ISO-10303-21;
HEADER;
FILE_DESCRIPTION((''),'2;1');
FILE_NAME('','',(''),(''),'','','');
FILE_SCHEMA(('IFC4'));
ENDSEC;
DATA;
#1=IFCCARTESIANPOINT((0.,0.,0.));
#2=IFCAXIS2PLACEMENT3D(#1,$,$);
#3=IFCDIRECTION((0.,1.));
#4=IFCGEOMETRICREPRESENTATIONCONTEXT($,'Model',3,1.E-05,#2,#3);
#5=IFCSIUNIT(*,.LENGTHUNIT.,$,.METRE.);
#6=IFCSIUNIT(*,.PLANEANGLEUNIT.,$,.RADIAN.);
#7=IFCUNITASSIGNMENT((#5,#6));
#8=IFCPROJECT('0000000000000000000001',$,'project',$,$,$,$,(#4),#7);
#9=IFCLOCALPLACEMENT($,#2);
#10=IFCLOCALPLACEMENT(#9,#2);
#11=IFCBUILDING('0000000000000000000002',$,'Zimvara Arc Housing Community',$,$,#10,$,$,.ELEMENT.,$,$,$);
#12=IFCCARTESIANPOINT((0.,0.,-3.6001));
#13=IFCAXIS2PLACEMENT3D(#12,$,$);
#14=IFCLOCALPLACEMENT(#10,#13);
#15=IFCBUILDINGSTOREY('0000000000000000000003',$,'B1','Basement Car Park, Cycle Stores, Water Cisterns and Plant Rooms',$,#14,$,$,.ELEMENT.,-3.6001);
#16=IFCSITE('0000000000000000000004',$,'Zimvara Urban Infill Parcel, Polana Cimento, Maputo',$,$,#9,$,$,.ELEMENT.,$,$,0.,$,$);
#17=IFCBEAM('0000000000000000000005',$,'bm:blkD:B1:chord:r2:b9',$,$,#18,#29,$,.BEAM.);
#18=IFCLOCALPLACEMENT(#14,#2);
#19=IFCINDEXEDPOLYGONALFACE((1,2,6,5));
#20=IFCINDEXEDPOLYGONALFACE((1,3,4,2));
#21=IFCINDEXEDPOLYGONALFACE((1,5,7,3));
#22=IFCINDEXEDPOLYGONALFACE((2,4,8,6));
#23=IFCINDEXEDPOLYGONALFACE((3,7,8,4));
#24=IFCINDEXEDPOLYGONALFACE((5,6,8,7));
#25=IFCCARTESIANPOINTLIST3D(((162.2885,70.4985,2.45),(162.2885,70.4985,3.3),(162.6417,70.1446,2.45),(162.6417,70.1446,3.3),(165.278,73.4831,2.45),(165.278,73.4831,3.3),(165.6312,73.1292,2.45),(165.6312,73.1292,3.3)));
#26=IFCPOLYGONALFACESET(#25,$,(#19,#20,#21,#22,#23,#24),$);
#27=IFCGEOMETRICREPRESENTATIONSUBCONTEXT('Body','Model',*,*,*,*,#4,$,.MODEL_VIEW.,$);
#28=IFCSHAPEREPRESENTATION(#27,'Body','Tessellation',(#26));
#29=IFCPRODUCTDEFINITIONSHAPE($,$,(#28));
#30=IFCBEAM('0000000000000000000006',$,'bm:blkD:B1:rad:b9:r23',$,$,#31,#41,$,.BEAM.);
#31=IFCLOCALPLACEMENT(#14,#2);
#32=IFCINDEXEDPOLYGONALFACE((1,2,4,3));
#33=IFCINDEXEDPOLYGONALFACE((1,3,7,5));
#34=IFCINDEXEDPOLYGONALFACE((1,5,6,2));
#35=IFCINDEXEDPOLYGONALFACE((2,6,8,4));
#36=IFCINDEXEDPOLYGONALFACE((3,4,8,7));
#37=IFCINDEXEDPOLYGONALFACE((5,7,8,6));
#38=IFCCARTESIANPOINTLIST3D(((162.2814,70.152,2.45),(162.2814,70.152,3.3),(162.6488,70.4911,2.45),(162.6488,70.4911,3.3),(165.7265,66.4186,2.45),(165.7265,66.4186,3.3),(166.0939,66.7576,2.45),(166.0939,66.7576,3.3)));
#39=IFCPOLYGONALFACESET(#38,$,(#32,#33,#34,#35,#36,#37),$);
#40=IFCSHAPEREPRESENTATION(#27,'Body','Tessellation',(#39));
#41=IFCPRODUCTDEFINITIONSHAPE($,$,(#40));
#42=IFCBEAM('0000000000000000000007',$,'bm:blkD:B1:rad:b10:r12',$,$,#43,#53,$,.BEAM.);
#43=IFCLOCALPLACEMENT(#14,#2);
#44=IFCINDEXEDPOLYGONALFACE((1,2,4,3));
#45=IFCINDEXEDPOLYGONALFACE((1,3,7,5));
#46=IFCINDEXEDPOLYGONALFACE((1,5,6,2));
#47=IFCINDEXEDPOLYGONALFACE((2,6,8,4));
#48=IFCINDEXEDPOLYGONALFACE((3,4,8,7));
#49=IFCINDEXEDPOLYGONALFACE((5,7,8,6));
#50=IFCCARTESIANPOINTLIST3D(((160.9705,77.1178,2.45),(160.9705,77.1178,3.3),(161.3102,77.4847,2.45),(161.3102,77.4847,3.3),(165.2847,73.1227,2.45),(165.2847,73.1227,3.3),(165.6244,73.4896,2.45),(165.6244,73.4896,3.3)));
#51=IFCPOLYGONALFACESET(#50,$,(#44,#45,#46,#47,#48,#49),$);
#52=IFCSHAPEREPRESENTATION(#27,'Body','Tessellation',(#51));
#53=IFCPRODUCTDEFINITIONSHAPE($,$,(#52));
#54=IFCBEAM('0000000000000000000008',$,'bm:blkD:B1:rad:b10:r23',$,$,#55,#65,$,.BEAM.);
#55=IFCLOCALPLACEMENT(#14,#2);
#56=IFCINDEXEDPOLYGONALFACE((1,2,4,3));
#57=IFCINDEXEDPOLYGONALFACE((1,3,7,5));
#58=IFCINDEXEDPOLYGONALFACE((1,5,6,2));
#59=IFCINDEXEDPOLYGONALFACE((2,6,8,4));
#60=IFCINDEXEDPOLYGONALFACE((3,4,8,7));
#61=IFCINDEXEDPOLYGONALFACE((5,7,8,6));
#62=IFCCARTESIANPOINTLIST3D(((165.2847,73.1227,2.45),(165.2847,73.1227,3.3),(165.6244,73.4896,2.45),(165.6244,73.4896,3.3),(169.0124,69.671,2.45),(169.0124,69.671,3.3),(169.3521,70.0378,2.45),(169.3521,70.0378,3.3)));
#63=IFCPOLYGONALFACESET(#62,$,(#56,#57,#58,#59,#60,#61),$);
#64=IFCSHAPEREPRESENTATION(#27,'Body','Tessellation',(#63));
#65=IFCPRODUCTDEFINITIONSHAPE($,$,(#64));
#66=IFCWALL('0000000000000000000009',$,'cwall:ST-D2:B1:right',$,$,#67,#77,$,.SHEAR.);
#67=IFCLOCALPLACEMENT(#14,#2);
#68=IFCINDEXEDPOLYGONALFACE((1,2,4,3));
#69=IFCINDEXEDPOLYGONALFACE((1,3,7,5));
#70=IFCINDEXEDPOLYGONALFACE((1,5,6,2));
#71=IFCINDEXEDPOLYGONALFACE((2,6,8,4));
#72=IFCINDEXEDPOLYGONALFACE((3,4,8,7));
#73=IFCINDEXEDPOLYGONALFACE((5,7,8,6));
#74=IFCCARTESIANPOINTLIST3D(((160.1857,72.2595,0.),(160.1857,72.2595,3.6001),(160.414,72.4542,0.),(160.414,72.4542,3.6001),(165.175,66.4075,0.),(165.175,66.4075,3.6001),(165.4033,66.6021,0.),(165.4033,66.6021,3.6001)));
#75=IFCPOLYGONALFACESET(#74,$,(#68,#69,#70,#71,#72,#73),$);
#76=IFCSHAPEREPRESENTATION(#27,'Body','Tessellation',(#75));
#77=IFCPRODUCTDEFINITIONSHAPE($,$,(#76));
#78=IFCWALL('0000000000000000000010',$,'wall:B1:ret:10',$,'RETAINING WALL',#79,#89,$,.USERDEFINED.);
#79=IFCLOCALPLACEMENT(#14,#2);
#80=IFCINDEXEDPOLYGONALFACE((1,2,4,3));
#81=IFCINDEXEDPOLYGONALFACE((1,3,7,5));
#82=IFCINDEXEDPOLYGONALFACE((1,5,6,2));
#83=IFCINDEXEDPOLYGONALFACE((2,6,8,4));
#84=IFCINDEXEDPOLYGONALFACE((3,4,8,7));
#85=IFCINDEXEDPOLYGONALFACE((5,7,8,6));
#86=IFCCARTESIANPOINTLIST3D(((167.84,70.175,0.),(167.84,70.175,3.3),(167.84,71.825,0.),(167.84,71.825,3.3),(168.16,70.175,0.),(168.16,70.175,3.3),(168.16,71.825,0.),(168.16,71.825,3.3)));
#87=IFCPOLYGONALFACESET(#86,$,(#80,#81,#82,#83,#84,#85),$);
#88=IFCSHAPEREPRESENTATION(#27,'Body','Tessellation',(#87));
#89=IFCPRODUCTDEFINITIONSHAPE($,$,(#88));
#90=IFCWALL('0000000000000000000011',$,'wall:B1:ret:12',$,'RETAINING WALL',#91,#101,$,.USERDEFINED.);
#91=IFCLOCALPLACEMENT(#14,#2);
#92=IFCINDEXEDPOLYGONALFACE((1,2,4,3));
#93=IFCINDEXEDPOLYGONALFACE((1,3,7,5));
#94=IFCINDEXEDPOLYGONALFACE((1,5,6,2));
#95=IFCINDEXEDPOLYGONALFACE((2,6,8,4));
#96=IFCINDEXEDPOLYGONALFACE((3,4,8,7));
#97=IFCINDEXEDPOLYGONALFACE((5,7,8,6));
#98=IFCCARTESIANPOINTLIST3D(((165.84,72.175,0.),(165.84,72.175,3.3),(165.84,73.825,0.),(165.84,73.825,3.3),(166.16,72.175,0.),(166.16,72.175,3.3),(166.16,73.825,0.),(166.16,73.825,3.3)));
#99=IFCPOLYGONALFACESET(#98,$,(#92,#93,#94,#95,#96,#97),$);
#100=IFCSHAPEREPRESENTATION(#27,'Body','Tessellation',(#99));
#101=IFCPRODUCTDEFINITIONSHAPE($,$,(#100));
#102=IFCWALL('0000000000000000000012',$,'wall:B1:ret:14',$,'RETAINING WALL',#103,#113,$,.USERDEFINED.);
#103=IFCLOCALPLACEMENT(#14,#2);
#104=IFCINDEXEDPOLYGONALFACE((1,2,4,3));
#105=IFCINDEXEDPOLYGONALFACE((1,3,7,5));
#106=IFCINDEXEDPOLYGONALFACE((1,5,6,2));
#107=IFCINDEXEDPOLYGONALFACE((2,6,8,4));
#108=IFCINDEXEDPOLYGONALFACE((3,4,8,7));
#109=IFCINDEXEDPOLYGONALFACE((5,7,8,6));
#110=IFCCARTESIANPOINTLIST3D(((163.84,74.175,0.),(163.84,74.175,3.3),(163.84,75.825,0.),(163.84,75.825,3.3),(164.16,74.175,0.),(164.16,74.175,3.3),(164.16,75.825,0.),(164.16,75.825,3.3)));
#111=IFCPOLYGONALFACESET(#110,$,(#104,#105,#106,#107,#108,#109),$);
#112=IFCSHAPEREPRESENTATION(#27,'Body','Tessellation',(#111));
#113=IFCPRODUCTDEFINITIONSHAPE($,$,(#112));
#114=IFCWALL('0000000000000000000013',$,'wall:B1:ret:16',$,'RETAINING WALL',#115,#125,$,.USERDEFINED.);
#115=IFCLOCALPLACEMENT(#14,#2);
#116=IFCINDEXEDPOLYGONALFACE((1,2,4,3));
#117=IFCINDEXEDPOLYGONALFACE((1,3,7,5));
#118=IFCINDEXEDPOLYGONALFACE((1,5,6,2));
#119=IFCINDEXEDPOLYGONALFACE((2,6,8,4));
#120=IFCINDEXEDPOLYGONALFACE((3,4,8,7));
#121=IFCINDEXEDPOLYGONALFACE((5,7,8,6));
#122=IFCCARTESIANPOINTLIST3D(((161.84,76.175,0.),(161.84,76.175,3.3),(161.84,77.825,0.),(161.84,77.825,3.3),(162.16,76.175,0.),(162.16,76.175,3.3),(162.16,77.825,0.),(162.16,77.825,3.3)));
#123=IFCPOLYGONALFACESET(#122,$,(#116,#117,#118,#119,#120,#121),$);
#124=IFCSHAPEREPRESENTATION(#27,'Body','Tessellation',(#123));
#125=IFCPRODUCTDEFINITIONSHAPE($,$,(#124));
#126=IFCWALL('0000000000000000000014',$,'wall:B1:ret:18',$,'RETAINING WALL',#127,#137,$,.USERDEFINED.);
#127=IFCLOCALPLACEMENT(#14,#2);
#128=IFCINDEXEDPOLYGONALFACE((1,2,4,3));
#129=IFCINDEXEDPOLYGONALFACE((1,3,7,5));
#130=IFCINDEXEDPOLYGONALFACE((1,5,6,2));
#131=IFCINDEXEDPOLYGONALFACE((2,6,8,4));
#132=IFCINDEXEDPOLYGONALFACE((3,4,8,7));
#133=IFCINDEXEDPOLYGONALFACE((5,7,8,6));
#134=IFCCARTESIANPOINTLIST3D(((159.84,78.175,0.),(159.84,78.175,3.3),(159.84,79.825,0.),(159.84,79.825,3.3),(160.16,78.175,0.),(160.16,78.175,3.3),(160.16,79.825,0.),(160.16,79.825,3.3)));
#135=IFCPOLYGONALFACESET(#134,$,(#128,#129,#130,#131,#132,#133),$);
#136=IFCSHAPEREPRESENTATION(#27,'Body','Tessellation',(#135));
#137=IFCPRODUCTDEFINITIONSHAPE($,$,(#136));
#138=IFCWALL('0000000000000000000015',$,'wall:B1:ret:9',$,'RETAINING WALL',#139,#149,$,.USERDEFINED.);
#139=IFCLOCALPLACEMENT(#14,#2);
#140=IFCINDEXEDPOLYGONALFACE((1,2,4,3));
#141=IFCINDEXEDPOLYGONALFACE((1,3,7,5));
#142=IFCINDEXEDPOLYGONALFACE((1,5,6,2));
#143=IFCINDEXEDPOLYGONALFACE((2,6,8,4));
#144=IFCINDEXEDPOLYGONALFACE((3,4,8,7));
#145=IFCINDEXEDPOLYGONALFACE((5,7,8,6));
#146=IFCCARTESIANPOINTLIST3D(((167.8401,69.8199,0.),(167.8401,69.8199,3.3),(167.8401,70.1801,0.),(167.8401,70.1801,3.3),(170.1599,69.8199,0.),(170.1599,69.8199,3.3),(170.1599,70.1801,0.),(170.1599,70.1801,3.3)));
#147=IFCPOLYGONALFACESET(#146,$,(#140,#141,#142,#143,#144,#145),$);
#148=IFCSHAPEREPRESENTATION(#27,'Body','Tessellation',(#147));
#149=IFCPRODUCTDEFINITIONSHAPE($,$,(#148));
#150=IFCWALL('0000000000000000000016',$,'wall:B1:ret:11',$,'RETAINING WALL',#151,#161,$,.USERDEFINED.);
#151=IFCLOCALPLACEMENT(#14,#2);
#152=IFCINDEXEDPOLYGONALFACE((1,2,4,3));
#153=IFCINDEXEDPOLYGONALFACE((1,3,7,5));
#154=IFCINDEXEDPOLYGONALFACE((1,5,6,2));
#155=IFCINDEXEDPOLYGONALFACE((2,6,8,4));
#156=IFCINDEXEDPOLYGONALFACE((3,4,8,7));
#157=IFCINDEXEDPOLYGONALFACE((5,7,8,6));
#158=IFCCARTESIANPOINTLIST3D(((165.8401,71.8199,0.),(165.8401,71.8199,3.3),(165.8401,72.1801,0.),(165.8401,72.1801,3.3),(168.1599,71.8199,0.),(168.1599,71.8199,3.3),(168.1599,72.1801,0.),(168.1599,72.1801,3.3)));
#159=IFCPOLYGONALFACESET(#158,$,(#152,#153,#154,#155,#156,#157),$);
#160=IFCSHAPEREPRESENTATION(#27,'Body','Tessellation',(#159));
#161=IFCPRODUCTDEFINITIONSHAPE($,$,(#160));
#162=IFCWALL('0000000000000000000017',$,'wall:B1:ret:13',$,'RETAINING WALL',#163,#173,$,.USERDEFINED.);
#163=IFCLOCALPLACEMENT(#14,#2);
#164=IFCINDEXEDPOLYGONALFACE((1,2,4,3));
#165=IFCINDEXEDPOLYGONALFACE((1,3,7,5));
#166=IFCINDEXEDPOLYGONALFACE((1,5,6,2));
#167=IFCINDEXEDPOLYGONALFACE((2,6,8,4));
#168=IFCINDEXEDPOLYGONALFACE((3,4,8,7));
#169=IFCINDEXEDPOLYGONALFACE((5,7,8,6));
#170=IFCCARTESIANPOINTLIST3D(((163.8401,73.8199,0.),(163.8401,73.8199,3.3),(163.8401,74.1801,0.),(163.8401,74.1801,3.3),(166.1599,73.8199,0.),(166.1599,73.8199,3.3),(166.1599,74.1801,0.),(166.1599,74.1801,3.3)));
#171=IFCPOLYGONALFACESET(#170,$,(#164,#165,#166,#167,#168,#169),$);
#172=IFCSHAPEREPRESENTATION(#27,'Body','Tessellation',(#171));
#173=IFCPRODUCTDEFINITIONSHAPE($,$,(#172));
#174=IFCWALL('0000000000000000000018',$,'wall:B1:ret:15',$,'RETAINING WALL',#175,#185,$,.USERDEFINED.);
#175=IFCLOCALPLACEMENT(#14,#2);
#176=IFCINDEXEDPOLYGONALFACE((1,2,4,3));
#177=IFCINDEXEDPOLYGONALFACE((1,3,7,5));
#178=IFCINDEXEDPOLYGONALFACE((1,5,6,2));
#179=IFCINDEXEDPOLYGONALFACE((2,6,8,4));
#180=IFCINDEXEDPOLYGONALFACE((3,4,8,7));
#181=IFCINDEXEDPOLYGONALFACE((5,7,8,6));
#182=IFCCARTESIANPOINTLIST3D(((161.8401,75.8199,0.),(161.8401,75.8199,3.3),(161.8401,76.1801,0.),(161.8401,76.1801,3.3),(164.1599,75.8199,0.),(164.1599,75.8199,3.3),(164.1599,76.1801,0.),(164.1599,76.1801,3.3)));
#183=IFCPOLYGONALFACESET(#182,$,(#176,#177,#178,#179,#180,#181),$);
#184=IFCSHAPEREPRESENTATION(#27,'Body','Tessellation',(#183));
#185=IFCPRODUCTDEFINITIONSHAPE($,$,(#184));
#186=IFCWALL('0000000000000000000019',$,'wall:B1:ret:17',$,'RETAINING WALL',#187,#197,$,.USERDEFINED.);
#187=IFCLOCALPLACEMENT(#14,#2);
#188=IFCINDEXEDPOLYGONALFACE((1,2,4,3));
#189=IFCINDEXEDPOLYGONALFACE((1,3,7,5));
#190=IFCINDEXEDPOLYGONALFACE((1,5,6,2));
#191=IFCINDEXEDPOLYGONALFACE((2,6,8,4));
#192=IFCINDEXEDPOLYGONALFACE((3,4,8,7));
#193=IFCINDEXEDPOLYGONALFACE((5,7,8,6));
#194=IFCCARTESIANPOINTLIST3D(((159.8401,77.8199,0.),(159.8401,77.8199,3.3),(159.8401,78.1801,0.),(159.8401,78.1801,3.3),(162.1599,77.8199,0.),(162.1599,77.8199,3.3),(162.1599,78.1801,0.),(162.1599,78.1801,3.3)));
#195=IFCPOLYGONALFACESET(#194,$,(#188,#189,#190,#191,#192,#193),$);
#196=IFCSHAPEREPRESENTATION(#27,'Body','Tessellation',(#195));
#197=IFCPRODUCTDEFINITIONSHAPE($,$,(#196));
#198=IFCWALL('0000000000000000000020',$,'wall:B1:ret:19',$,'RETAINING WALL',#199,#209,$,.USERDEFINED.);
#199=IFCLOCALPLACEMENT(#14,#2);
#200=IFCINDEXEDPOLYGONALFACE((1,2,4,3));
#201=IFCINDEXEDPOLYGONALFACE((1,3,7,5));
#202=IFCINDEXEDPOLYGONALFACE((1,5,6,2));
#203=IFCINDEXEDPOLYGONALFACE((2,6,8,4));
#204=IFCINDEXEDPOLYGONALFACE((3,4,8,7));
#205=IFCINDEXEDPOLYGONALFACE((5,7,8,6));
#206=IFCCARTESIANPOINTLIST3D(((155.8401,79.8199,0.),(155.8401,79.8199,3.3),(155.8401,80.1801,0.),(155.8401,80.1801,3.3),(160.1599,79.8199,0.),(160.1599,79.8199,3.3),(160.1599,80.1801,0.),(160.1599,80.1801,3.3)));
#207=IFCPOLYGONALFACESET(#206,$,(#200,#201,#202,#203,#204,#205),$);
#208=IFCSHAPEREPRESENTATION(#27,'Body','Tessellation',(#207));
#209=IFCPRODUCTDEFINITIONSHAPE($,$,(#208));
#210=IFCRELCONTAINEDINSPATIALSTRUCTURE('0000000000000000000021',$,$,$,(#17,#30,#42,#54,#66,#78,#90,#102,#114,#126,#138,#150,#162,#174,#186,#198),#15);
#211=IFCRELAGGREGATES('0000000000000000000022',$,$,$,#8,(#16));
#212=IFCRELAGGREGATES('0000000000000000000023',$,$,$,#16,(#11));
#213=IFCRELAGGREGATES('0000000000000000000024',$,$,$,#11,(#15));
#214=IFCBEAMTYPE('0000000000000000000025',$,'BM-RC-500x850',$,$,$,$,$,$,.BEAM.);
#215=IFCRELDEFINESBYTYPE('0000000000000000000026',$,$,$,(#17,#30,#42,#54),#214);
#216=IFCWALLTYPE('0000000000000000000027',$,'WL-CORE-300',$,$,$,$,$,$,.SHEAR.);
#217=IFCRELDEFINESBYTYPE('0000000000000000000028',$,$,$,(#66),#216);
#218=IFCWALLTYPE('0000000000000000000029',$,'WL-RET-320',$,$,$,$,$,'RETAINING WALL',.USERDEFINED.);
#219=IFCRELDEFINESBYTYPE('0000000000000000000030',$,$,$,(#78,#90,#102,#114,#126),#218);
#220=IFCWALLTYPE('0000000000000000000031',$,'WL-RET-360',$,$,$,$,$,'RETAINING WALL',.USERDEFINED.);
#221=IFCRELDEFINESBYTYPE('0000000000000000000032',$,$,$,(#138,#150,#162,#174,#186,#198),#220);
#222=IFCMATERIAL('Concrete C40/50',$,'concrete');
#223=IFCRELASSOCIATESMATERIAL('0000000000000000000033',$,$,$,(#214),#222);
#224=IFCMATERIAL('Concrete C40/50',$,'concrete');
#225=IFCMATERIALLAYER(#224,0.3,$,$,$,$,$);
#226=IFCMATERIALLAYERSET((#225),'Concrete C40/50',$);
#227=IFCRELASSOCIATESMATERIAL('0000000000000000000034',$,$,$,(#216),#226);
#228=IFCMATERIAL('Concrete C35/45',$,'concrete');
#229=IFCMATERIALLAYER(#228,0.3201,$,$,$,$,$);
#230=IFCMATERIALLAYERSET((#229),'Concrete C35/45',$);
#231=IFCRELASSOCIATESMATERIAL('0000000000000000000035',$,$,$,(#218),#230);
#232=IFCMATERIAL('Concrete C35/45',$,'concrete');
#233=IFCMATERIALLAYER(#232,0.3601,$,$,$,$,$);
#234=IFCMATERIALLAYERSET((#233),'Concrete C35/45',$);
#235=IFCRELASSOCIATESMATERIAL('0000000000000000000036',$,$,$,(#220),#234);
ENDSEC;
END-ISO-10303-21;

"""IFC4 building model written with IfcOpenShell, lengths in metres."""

from ifc_helpers import new_model, si_unit, direction, frame, frame_2d, origin, origin_2d, place, context, subcontext, project, spatial, rectangle, extrude, material, layer, layer_set, material_profile, profile_set, type_object, element, save


model = new_model("IFC4")

# Units and contexts
model_context = context("Model", 3, precision=1e-05, world=origin(), true_north=direction((0.0, 1.0)))
body_context = subcontext(model_context, "Body", "Model", "MODEL_VIEW")
ifc_project = project(units=[si_unit("LENGTHUNIT", "METRE"), si_unit("PLANEANGLEUNIT", "RADIAN")], contexts=[model_context])

# Site, building, storey
site_placement = place(None, origin())
site = spatial("IfcSite", under=ifc_project, at=site_placement, Name="Zimvara Urban Infill Parcel, Polana Cimento, Maputo", CompositionType="ELEMENT", RefElevation=0.0)
building_placement = place(site_placement, origin())
building = spatial("IfcBuilding", under=site, at=building_placement, Name="Zimvara Arc Housing Community", CompositionType="ELEMENT")
storey_placement = place(building_placement, frame((0.0, 0.0, -3.6001)))
storey = spatial("IfcBuildingStorey", under=building, at=storey_placement, Name="B1", Description="Basement Car Park, Cycle Stores, Water Cisterns and Plant Rooms", CompositionType="ELEMENT", Elevation=-3.6001)

# Beams
ifc_material_1 = material(Name="Concrete C40/50", Category="concrete")
ifc_material_profile_1 = material_profile(ifc_material_1, rectangle(XDim=0.5, YDim=0.8501, at=origin_2d()), Name="RC 500x850")
ifc_profile_set_1 = profile_set([ifc_material_profile_1], Name="Concrete C40/50")
beam_type = type_object("IfcBeamType", Name="BM-RC-500x850", PredefinedType="BEAM", material=ifc_profile_set_1)
beam_1_placement = place(storey_placement, frame((162.4651, 70.3215, 2.875), z_axis=(0.707684, 0.706529, 0.0), x_axis=(-0.706529, 0.707684, 0.0)))
element("IfcBeam", 1, at=beam_1_placement, inside=storey, type_object=beam_type, Name="bm:blkD:B1:chord:r2:b9", PredefinedType="BEAM", context=body_context, shape_type="SweptSolid", body=[
    extrude(rectangle(XDim=0.5, YDim=0.8501, at=origin_2d()), origin(), (0.0, 0.0, 1.0), 4.2244),
])
beam_2_placement = place(storey_placement, frame((162.4651, 70.3215, 2.875), z_axis=(0.678158, -0.734916, 0.0), x_axis=(0.734916, 0.678158, 0.0)))
element("IfcBeam", 2, at=beam_2_placement, inside=storey, type_object=beam_type, Name="bm:blkD:B1:rad:b9:r23", PredefinedType="BEAM", context=body_context, shape_type="SweptSolid", body=[
    extrude(rectangle(XDim=0.5, YDim=0.8501, at=origin_2d()), origin(), (0.0, 0.0, 1.0), 5.0801),
])
beam_3_placement = place(storey_placement, frame((161.1404, 77.3013, 2.875), z_axis=(0.73372, -0.679452, 0.0), x_axis=(0.679452, 0.73372, 0.0)))
element("IfcBeam", 3, at=beam_3_placement, inside=storey, type_object=beam_type, Name="bm:blkD:B1:rad:b10:r12", PredefinedType="BEAM", context=body_context, shape_type="SweptSolid", body=[
    extrude(rectangle(XDim=0.5, YDim=0.8501, at=origin_2d()), origin(), (0.0, 0.0, 1.0), 5.8799),
])
beam_4_placement = place(storey_placement, frame((165.4546, 73.3062, 2.875), z_axis=(0.733738, -0.679433, 0.0), x_axis=(0.679433, 0.733738, 0.0)))
element("IfcBeam", 4, at=beam_4_placement, inside=storey, type_object=beam_type, Name="bm:blkD:B1:rad:b10:r23", PredefinedType="BEAM", context=body_context, shape_type="SweptSolid", body=[
    extrude(rectangle(XDim=0.5, YDim=0.8501, at=origin_2d()), origin(), (0.0, 0.0, 1.0), 5.0803),
])

# Walls
ifc_material_2 = material(Name="Concrete C40/50", Category="concrete")
ifc_layer_1 = layer(ifc_material_2, 0.3)
ifc_layer_set_1 = layer_set([ifc_layer_1], Name="Concrete C40/50")
wall_type_1 = type_object("IfcWallType", Name="WL-CORE-300", PredefinedType="SHEAR", material=ifc_layer_set_1)
wall_1_placement = place(storey_placement, frame((160.2998, 72.3569, 0.0), z_axis=(0.0, 0.0, 1.0), x_axis=(0.648781, -0.760975, 0.0)))
element("IfcWall", 5, at=wall_1_placement, inside=storey, type_object=wall_type_1, Name="cwall:ST-D2:B1:right", PredefinedType="SHEAR", context=body_context, shape_type="SweptSolid", body=[
    extrude(rectangle(XDim=7.6902, YDim=0.3, at=frame_2d((3.8452, 0.0))), origin(), (0.0, 0.0, 1.0), 3.6001),
])
ifc_material_3 = material(Name="Concrete C35/45", Category="concrete")
ifc_layer_2 = layer(ifc_material_3, 0.3201)
ifc_layer_set_2 = layer_set([ifc_layer_2], Name="Concrete C35/45")
wall_type_2 = type_object("IfcWallType", Name="WL-RET-320", ElementType="RETAINING WALL", PredefinedType="USERDEFINED", material=ifc_layer_set_2)
for number, where, z_axis, x_axis, name in (
    (6, (168.0, 70.175, 0.0), (0.0, 0.0, 1.0), (0.0, 1.0, 0.0), "wall:B1:ret:10"),
    (7, (166.0, 72.175, 0.0), (0.0, 0.0, 1.0), (0.0, 1.0, 0.0), "wall:B1:ret:12"),
    (8, (164.0, 74.175, 0.0), (0.0, 0.0, 1.0), (0.0, 1.0, 0.0), "wall:B1:ret:14"),
    (9, (162.0, 76.175, 0.0), (0.0, 0.0, 1.0), (0.0, 1.0, 0.0), "wall:B1:ret:16"),
    (10, (160.0, 78.175, 0.0), (0.0, 0.0, 1.0), (0.0, 1.0, 0.0), "wall:B1:ret:18"),
):
    element("IfcWall", number, at=place(storey_placement, frame(where, z_axis=z_axis, x_axis=x_axis)), inside=storey, type_object=wall_type_2, Name=name, ObjectType="RETAINING WALL", PredefinedType="USERDEFINED", context=body_context, shape_type="SweptSolid", body=[
        extrude(rectangle(XDim=1.6499, YDim=0.3201, at=frame_2d((0.825, 0.0))), origin(), (0.0, 0.0, 1.0), 3.3),
    ])
ifc_material_4 = material(Name="Concrete C35/45", Category="concrete")
ifc_layer_3 = layer(ifc_material_4, 0.3601)
ifc_layer_set_3 = layer_set([ifc_layer_3], Name="Concrete C35/45")
wall_type_3 = type_object("IfcWallType", Name="WL-RET-360", ElementType="RETAINING WALL", PredefinedType="USERDEFINED", material=ifc_layer_set_3)
for number, where, z_axis, x_axis, name in (
    (11, (170.1599, 70.0, 0.0), (0.0, 0.0, 1.0), (-1.0, 0.0, 0.0), "wall:B1:ret:9"),
    (12, (168.1599, 72.0, 0.0), (0.0, 0.0, 1.0), (-1.0, 0.0, 0.0), "wall:B1:ret:11"),
    (13, (166.1599, 74.0, 0.0), (0.0, 0.0, 1.0), (-1.0, 0.0, 0.0), "wall:B1:ret:13"),
    (14, (164.1599, 76.0, 0.0), (0.0, 0.0, 1.0), (-1.0, 0.0, 0.0), "wall:B1:ret:15"),
    (15, (162.1599, 78.0, 0.0), (0.0, 0.0, 1.0), (-1.0, 0.0, 0.0), "wall:B1:ret:17"),
):
    element("IfcWall", number, at=place(storey_placement, frame(where, z_axis=z_axis, x_axis=x_axis)), inside=storey, type_object=wall_type_3, Name=name, ObjectType="RETAINING WALL", PredefinedType="USERDEFINED", context=body_context, shape_type="SweptSolid", body=[
        extrude(rectangle(XDim=2.3198, YDim=0.3601, at=frame_2d((1.1599, 0.0))), origin(), (0.0, 0.0, 1.0), 3.3),
    ])
wall_2_placement = place(storey_placement, frame((160.1599, 80.0, 0.0), z_axis=(0.0, 0.0, 1.0), x_axis=(-1.0, 0.0, 0.0)))
element("IfcWall", 16, at=wall_2_placement, inside=storey, type_object=wall_type_3, Name="wall:B1:ret:19", ObjectType="RETAINING WALL", PredefinedType="USERDEFINED", context=body_context, shape_type="SweptSolid", body=[
    extrude(rectangle(XDim=4.3198, YDim=0.3601, at=frame_2d((2.1599, 0.0))), origin(), (0.0, 0.0, 1.0), 3.3),
])

save(model, "model.ifc")
